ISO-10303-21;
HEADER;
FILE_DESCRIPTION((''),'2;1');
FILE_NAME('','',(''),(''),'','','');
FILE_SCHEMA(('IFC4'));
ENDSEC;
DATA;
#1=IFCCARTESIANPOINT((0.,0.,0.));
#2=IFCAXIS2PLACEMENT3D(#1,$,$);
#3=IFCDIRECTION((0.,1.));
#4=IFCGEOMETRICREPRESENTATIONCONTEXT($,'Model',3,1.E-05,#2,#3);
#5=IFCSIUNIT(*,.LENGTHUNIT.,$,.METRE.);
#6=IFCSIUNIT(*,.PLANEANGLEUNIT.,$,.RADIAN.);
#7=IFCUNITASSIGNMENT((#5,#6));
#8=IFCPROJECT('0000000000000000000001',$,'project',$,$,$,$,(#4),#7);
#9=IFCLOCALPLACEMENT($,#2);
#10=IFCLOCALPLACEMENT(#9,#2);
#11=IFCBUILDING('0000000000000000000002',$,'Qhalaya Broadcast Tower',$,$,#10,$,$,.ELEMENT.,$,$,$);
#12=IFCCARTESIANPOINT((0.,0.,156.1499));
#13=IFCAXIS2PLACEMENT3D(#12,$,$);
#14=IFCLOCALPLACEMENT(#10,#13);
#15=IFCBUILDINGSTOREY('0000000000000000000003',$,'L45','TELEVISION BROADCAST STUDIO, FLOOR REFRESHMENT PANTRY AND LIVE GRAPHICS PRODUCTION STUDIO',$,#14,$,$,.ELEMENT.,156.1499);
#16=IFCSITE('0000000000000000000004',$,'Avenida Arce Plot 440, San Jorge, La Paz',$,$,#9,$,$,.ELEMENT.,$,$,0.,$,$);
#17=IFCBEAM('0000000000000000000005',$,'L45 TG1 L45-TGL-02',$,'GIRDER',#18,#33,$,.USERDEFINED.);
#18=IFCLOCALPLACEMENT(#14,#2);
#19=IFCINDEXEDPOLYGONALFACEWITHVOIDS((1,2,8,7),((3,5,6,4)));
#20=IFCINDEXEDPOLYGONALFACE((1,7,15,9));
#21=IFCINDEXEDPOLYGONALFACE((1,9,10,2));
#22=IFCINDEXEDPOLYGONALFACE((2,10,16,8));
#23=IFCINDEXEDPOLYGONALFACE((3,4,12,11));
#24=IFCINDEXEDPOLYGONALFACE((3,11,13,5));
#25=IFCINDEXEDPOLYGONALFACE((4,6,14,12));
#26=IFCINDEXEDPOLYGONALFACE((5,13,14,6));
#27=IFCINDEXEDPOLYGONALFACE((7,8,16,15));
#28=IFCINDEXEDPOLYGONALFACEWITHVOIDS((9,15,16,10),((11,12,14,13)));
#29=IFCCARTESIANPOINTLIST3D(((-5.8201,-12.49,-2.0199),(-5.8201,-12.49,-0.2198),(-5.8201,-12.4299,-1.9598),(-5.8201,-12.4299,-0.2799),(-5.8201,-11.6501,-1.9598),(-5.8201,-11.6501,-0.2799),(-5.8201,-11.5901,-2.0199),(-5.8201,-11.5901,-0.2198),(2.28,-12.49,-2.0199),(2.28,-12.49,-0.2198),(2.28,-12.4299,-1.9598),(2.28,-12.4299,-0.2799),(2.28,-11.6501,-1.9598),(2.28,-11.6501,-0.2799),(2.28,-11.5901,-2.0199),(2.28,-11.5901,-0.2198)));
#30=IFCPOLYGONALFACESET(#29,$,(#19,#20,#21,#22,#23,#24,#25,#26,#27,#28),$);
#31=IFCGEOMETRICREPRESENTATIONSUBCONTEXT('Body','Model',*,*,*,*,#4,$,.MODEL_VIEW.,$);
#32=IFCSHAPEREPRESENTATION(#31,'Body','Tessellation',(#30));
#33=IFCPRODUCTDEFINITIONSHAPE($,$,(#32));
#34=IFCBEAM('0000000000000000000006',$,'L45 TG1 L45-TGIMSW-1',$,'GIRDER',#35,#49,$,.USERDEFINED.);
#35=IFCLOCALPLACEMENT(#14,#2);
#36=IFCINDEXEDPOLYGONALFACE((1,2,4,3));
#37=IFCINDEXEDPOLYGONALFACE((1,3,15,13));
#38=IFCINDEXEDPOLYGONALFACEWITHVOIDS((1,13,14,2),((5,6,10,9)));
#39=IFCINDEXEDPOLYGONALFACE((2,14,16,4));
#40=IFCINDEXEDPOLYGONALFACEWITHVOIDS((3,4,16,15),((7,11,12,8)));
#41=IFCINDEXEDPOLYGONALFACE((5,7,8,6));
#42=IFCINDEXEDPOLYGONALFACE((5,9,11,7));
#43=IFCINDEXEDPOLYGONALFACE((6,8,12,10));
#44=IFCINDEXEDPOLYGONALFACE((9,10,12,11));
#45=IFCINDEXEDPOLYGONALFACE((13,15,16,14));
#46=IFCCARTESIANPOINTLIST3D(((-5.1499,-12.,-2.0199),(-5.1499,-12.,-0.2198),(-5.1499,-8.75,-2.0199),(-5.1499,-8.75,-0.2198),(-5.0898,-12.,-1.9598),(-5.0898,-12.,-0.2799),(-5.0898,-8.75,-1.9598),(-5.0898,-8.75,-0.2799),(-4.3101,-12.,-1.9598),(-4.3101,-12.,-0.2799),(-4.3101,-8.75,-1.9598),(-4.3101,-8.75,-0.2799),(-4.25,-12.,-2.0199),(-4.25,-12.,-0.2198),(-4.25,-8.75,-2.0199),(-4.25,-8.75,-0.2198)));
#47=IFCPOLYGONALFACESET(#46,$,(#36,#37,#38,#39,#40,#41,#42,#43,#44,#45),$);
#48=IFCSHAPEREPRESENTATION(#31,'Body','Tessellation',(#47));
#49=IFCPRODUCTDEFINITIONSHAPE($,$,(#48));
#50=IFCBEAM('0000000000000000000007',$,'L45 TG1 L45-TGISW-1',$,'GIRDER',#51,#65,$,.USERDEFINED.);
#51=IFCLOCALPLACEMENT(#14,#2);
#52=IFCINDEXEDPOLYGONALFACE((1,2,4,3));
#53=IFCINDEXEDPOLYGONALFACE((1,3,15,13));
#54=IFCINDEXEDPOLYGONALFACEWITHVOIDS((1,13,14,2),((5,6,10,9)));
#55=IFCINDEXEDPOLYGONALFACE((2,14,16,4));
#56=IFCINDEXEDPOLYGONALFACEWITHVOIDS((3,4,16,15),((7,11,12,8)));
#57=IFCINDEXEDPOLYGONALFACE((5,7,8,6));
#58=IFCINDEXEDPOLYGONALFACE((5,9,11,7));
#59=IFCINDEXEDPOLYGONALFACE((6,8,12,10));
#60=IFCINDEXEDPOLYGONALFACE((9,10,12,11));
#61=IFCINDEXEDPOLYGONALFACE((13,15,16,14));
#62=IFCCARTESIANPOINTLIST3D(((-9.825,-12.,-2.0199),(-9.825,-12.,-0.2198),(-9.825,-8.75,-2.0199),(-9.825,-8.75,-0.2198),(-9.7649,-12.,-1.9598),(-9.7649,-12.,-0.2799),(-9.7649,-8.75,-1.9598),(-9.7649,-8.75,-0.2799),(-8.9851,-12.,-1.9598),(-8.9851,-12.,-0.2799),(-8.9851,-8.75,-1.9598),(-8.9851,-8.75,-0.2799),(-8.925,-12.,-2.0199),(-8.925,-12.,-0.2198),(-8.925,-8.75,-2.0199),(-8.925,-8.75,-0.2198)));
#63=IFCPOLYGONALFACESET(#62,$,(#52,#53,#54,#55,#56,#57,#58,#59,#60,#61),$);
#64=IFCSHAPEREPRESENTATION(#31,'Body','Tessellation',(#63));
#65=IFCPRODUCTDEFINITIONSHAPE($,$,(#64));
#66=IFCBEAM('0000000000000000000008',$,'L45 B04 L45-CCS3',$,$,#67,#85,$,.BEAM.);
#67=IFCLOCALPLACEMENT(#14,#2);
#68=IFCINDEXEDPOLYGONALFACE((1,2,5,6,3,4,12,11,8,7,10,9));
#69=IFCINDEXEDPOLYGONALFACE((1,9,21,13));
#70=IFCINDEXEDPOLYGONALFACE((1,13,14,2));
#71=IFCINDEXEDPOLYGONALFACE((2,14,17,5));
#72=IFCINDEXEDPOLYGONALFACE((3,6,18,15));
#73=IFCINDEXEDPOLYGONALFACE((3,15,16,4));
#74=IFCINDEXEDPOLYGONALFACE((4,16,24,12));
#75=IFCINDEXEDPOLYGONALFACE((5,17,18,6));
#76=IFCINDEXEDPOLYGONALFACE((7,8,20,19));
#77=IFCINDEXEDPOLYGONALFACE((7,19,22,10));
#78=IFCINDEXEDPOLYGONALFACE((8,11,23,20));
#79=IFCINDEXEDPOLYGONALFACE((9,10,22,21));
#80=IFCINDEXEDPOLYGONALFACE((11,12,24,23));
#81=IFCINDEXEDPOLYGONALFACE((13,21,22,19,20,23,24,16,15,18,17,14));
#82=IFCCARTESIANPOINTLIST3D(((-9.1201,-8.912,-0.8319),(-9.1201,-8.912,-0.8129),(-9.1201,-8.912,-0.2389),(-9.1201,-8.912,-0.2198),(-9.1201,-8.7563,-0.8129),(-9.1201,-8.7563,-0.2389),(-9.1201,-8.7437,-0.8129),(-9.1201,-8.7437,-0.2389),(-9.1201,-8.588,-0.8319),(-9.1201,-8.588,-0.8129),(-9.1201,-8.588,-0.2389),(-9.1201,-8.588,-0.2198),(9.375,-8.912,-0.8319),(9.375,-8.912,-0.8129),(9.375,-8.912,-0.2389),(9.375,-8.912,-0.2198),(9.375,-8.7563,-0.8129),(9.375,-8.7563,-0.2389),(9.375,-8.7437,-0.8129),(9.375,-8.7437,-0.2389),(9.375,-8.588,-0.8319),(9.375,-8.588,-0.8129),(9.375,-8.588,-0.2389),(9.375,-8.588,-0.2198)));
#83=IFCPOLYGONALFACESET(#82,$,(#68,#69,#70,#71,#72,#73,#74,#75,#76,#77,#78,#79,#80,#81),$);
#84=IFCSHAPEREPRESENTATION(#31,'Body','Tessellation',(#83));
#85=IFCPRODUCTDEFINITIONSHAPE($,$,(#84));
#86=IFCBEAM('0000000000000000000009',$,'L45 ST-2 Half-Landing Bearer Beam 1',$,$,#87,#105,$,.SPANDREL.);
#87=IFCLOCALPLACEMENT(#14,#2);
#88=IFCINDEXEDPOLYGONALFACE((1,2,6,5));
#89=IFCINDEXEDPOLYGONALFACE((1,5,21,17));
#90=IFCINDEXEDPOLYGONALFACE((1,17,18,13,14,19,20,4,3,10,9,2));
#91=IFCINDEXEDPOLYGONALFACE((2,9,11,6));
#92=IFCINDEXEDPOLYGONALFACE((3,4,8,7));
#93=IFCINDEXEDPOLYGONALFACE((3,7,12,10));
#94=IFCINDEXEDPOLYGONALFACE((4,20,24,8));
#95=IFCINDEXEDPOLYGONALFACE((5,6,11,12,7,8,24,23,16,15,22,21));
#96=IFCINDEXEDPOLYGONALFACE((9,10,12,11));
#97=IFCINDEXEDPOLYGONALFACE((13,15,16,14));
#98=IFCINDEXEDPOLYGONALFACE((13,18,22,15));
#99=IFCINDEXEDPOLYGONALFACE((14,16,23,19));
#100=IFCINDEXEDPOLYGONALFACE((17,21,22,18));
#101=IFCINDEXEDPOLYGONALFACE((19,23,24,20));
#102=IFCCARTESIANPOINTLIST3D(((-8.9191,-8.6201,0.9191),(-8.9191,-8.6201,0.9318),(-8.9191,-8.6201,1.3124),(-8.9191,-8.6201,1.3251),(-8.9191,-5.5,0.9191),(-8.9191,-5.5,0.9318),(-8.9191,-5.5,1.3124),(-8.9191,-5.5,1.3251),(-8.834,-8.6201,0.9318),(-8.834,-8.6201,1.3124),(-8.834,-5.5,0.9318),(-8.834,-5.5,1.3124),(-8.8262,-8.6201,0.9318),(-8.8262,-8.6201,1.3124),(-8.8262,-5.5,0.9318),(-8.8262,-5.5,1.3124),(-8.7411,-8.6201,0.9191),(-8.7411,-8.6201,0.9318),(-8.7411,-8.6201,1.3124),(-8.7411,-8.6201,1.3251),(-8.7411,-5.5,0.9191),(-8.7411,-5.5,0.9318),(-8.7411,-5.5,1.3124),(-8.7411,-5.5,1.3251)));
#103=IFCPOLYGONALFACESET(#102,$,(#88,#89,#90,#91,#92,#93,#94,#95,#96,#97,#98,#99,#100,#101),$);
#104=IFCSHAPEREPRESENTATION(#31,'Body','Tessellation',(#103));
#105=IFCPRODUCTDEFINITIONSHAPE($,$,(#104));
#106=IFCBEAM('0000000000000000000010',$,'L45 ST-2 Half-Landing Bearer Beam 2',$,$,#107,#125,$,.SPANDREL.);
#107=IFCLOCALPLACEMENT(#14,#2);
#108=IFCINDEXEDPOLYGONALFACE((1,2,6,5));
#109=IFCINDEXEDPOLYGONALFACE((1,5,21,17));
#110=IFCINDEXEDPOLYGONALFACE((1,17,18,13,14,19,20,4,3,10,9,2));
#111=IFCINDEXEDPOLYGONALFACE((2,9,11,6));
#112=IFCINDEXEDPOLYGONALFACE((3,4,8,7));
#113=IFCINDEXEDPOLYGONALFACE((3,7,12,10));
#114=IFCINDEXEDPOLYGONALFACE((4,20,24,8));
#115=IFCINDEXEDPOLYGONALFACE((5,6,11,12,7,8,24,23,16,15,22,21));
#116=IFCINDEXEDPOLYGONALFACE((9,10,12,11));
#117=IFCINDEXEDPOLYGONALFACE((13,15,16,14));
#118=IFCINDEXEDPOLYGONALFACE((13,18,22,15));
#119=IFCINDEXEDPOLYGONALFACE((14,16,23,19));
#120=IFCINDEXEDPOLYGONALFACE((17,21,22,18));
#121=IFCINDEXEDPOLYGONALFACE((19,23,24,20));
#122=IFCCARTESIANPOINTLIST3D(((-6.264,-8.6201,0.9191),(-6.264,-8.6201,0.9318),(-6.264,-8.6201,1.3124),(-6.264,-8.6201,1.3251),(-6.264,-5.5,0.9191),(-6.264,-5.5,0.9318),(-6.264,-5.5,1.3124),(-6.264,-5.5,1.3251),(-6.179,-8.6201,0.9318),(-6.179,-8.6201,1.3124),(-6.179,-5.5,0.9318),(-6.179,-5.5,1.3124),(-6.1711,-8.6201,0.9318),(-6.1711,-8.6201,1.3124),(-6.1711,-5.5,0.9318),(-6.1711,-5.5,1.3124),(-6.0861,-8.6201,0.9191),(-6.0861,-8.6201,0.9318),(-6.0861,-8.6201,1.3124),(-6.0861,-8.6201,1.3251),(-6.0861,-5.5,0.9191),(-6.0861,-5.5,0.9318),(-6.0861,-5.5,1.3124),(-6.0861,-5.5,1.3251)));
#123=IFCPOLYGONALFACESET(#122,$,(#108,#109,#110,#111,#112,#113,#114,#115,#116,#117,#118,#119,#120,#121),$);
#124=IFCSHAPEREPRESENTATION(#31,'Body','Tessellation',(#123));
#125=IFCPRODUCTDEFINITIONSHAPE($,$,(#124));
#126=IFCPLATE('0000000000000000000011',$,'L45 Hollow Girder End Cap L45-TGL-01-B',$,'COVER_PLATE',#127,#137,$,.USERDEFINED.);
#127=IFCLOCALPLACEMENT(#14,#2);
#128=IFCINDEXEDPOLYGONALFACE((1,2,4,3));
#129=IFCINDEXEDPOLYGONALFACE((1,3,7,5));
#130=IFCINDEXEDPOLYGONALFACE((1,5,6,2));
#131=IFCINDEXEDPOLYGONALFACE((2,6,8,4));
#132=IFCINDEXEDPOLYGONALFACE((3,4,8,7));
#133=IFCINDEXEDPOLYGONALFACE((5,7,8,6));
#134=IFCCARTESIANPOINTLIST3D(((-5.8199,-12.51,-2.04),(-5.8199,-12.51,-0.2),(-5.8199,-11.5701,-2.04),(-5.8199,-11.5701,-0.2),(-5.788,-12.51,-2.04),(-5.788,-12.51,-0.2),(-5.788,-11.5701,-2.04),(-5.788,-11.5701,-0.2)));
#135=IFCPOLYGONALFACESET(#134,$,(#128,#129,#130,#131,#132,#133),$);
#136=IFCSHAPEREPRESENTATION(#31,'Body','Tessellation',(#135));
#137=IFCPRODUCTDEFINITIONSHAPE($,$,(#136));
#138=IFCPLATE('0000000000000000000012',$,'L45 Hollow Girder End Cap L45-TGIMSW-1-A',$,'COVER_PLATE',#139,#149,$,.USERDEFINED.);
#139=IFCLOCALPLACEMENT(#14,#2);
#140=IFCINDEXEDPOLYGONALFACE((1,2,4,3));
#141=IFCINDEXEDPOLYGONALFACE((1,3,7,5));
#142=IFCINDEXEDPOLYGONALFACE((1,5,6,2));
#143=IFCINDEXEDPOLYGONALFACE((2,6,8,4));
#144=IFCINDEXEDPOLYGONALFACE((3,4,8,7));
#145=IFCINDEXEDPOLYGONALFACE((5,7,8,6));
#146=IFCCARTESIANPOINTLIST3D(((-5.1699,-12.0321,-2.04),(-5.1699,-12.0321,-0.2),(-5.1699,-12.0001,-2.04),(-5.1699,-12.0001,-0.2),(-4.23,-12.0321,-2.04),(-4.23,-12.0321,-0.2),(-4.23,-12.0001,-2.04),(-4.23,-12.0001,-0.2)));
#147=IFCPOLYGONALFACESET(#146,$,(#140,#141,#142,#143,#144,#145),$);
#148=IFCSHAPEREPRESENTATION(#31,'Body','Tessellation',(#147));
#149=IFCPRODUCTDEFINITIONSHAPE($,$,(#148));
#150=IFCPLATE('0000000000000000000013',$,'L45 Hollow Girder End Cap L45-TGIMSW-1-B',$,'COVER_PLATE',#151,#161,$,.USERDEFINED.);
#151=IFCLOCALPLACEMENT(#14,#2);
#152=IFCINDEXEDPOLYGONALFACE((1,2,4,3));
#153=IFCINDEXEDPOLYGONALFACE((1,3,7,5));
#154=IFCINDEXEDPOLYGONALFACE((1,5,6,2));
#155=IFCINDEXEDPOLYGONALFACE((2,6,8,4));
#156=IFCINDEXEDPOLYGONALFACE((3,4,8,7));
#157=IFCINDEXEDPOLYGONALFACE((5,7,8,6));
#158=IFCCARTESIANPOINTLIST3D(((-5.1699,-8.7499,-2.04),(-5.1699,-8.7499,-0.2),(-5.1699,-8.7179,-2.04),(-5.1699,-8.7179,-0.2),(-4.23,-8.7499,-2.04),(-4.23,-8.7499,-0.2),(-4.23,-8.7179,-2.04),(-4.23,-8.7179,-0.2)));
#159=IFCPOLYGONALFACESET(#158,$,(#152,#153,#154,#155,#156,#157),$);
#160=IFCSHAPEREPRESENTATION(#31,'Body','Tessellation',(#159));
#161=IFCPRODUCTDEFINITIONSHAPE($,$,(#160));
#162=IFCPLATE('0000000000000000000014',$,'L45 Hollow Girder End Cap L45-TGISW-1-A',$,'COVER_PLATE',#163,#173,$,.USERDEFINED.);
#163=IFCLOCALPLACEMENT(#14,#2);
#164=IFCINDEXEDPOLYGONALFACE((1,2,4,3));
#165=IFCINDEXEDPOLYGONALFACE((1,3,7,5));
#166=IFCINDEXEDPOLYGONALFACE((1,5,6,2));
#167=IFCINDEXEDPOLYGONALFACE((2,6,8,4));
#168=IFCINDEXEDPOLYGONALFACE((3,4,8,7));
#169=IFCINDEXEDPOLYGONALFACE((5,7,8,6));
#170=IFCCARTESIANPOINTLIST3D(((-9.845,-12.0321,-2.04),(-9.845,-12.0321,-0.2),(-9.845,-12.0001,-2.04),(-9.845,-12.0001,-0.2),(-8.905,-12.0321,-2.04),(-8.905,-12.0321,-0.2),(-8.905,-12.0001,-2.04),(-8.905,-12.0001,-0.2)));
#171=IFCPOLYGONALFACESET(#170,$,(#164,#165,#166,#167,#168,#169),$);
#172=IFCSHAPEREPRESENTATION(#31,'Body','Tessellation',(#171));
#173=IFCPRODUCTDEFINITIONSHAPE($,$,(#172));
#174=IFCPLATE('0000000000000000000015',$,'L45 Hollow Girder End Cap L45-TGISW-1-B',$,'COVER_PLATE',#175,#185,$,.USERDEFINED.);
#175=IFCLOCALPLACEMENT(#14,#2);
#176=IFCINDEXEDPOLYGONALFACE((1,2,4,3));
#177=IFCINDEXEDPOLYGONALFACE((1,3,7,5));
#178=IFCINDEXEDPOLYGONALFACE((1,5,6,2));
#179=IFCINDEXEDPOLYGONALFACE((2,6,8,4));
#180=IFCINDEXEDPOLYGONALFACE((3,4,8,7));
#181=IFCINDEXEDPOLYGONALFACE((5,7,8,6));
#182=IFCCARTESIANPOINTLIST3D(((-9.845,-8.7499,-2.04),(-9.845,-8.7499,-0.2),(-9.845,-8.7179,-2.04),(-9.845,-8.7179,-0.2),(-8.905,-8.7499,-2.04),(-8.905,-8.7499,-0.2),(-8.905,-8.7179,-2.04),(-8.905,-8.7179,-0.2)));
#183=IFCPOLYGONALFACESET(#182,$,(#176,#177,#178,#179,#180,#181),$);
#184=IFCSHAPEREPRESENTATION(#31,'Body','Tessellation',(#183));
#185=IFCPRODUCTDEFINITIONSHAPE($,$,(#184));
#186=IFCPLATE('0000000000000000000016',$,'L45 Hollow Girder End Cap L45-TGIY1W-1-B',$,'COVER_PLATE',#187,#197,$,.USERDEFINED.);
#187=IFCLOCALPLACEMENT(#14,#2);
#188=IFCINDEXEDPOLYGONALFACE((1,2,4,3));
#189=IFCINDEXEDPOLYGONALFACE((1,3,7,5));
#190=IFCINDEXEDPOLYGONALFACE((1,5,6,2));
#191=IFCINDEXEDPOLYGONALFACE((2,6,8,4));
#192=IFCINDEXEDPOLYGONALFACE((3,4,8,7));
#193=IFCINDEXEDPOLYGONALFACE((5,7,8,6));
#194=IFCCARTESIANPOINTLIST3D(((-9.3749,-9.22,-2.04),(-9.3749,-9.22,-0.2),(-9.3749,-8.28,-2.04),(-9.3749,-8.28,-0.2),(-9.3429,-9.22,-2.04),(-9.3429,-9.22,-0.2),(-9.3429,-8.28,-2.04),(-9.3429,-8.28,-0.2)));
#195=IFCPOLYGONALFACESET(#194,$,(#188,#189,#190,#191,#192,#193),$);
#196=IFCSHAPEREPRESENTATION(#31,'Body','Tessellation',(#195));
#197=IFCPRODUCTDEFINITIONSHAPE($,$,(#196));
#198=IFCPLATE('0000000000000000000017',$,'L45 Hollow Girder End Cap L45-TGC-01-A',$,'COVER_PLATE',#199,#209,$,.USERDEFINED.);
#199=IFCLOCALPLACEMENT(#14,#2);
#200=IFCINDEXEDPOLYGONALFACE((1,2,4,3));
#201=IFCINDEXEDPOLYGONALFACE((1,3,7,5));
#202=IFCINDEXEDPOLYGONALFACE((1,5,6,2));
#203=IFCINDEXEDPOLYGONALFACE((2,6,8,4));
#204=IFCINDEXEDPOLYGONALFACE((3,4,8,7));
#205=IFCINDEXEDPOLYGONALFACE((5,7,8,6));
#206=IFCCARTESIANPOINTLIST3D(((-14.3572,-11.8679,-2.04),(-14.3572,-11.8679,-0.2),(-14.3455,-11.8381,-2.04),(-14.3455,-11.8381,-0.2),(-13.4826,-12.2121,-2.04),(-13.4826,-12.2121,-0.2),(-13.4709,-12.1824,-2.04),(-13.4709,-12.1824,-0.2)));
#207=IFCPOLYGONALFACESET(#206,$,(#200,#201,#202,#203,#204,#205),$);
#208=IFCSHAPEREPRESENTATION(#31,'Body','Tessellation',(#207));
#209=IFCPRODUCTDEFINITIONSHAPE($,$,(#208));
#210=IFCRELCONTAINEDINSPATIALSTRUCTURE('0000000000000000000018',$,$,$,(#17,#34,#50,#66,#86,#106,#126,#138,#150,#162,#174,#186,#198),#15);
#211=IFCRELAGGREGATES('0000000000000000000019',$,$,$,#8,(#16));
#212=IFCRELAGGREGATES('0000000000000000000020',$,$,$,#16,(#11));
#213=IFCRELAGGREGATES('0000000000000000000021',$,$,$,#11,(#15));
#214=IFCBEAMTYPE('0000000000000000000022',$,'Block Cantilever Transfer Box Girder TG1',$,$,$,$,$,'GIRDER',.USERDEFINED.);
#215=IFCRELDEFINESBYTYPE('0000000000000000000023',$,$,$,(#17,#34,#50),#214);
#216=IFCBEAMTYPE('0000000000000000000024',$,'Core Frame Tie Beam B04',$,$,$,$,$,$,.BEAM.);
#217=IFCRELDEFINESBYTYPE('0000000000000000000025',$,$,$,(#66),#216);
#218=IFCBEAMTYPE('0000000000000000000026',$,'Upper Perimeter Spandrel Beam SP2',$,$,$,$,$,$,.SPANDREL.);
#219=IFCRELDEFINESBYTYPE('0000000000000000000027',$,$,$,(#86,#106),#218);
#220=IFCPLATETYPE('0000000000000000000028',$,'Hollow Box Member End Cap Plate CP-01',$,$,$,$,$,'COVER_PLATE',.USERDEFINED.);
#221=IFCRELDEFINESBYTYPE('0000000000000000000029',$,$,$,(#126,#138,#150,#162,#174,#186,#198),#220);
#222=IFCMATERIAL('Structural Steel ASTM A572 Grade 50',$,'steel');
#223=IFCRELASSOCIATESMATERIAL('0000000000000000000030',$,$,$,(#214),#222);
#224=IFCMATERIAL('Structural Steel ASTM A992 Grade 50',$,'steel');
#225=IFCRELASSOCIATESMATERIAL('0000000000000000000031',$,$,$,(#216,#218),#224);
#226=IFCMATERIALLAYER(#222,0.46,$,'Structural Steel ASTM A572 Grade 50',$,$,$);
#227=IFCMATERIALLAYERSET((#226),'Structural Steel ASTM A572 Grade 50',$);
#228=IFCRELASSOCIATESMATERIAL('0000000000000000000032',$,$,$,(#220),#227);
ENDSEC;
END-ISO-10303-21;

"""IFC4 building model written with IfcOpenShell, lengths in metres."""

from ifc_helpers import new_model, si_unit, direction, frame, origin, origin_2d, place, context, subcontext, project, spatial, rectangle, hollow_rectangle, i_section, extrude, material, layer, layer_set, material_profile, profile_set, type_object, element, save


model = new_model("IFC4")

# Units and contexts
model_context = context("Model", 3, precision=1e-05, world=origin(), true_north=direction((0.0, 1.0)))
body_context = subcontext(model_context, "Body", "Model", "MODEL_VIEW")
ifc_project = project(units=[si_unit("LENGTHUNIT", "METRE"), si_unit("PLANEANGLEUNIT", "RADIAN")], contexts=[model_context])

# Site, building, storey
site_placement = place(None, origin())
site = spatial("IfcSite", under=ifc_project, at=site_placement, Name="Avenida Arce Plot 440, San Jorge, La Paz", CompositionType="ELEMENT", RefElevation=0.0)
building_placement = place(site_placement, origin())
building = spatial("IfcBuilding", under=site, at=building_placement, Name="Qhalaya Broadcast Tower", CompositionType="ELEMENT")
storey_placement = place(building_placement, frame((0.0, 0.0, 156.1499)))
storey = spatial("IfcBuildingStorey", under=building, at=storey_placement, Name="L45", Description="TELEVISION BROADCAST STUDIO, FLOOR REFRESHMENT PANTRY AND LIVE GRAPHICS PRODUCTION STUDIO", CompositionType="ELEMENT", Elevation=156.1499)

# Beams
ifc_material_1 = material(Name="Structural Steel ASTM A572 Grade 50", Category="steel")
ifc_material_profile_1 = material_profile(ifc_material_1, hollow_rectangle(XDim=0.8999, YDim=1.8, WallThickness=0.0601, at=origin_2d()), Name="BOX 900x1800x60")
ifc_profile_set_1 = profile_set([ifc_material_profile_1], Name="Structural Steel ASTM A572 Grade 50")
beam_type_1 = type_object("IfcBeamType", Name="Block Cantilever Transfer Box Girder TG1", ElementType="GIRDER", PredefinedType="USERDEFINED", material=ifc_profile_set_1)
beam_1_placement = place(storey_placement, frame((-5.8201, -12.04, -1.1199), z_axis=(1.0, 0.0, 0.0), x_axis=(0.0, 1.0, 0.0)))
element("IfcBeam", 1, at=beam_1_placement, inside=storey, type_object=beam_type_1, Name="L45 TG1 L45-TGL-02", ObjectType="GIRDER", PredefinedType="USERDEFINED", context=body_context, shape_type="SweptSolid", body=[
    extrude(hollow_rectangle(XDim=0.8999, YDim=1.8, WallThickness=0.0601, at=origin_2d()), origin(), (0.0, 0.0, 1.0), 8.1001),
])
for number, where, z_axis, x_axis, name in (
    (2, (-4.7, -12.0, -1.1199), (0.0, 1.0, 0.0), (-1.0, 0.0, 0.0), "L45 TG1 L45-TGIMSW-1"),
    (3, (-9.375, -12.0, -1.1199), (0.0, 1.0, 0.0), (-1.0, 0.0, 0.0), "L45 TG1 L45-TGISW-1"),
):
    element("IfcBeam", number, at=place(storey_placement, frame(where, z_axis=z_axis, x_axis=x_axis)), inside=storey, type_object=beam_type_1, Name=name, ObjectType="GIRDER", PredefinedType="USERDEFINED", context=body_context, shape_type="SweptSolid", body=[
        extrude(hollow_rectangle(XDim=0.8999, YDim=1.8, WallThickness=0.0601, at=origin_2d()), origin(), (0.0, 0.0, 1.0), 3.25),
    ])
ifc_material_2 = material(Name="Structural Steel ASTM A992 Grade 50", Category="steel")
ifc_material_profile_2 = material_profile(ifc_material_2, i_section(OverallWidth=0.324, OverallDepth=0.6121, WebThickness=0.0127, FlangeThickness=0.019, at=origin_2d()), Name="W24X104")
ifc_profile_set_2 = profile_set([ifc_material_profile_2], Name="Structural Steel ASTM A992 Grade 50")
beam_type_2 = type_object("IfcBeamType", Name="Core Frame Tie Beam B04", PredefinedType="BEAM", material=ifc_profile_set_2)
beam_2_placement = place(storey_placement, frame((-9.1201, -8.75, -0.5259), z_axis=(1.0, 0.0, 0.0), x_axis=(0.0, 1.0, 0.0)))
element("IfcBeam", 4, at=beam_2_placement, inside=storey, type_object=beam_type_2, Name="L45 B04 L45-CCS3", PredefinedType="BEAM", context=body_context, shape_type="SweptSolid", body=[
    extrude(i_section(OverallWidth=0.324, OverallDepth=0.6121, WebThickness=0.0127, FlangeThickness=0.019, at=origin_2d()), origin(), (0.0, 0.0, 1.0), 18.4951),
])
ifc_material_profile_3 = material_profile(ifc_material_2, i_section(OverallWidth=0.178, OverallDepth=0.406, WebThickness=0.0078, FlangeThickness=0.0127, at=origin_2d()), Name="W16X40")
ifc_profile_set_3 = profile_set([ifc_material_profile_3], Name="Structural Steel ASTM A992 Grade 50")
beam_type_3 = type_object("IfcBeamType", Name="Upper Perimeter Spandrel Beam SP2", PredefinedType="SPANDREL", material=ifc_profile_set_3)
for number, where, z_axis, x_axis, name in (
    (5, (-8.8301, -8.6201, 1.1221), (0.0, 1.0, 0.0), (-1.0, 0.0, 0.0), "L45 ST-2 Half-Landing Bearer Beam 1"),
    (6, (-6.175, -8.6201, 1.1221), (0.0, 1.0, 0.0), (-1.0, 0.0, 0.0), "L45 ST-2 Half-Landing Bearer Beam 2"),
):
    element("IfcBeam", number, at=place(storey_placement, frame(where, z_axis=z_axis, x_axis=x_axis)), inside=storey, type_object=beam_type_3, Name=name, PredefinedType="SPANDREL", context=body_context, shape_type="SweptSolid", body=[
        extrude(i_section(OverallWidth=0.178, OverallDepth=0.406, WebThickness=0.0078, FlangeThickness=0.0127, at=origin_2d()), origin(), (0.0, 0.0, 1.0), 3.1201),
    ])

# Plates
ifc_layer_1 = layer(ifc_material_1, 0.46, Name="Structural Steel ASTM A572 Grade 50")
ifc_layer_set_1 = layer_set([ifc_layer_1], Name="Structural Steel ASTM A572 Grade 50")
plate_type = type_object("IfcPlateType", Name="Hollow Box Member End Cap Plate CP-01", ElementType="COVER_PLATE", PredefinedType="USERDEFINED", material=ifc_layer_set_1)
for number, where, z_axis, x_axis, name in (
    (7, (-5.804, -12.04, -2.04), (0.0, 0.0, 1.0), (0.0, 1.0, 0.0), "L45 Hollow Girder End Cap L45-TGL-01-B"),
    (8, (-4.7, -12.0161, -2.04), (0.0, 0.0, 1.0), (-1.0, 0.0, 0.0), "L45 Hollow Girder End Cap L45-TGIMSW-1-A"),
    (9, (-4.7, -8.7339, -2.04), (0.0, 0.0, 1.0), (-1.0, 0.0, 0.0), "L45 Hollow Girder End Cap L45-TGIMSW-1-B"),
    (10, (-9.375, -12.0161, -2.04), (0.0, 0.0, 1.0), (-1.0, 0.0, 0.0), "L45 Hollow Girder End Cap L45-TGISW-1-A"),
    (11, (-9.375, -8.7339, -2.04), (0.0, 0.0, 1.0), (-1.0, 0.0, 0.0), "L45 Hollow Girder End Cap L45-TGISW-1-B"),
    (12, (-9.3589, -8.75, -2.04), (0.0, 0.0, 1.0), (0.0, 1.0, 0.0), "L45 Hollow Girder End Cap L45-TGIY1W-1-B"),
    (13, (-13.9141, -12.0251, -2.04), (0.0, 0.0, 1.0), (0.93052, -0.366241, 0.0), "L45 Hollow Girder End Cap L45-TGC-01-A"),
):
    element("IfcPlate", number, at=place(storey_placement, frame(where, z_axis=z_axis, x_axis=x_axis)), inside=storey, type_object=plate_type, Name=name, ObjectType="COVER_PLATE", PredefinedType="USERDEFINED", context=body_context, shape_type="SweptSolid", body=[
        extrude(rectangle(XDim=0.9399, YDim=0.032, at=origin_2d()), origin(), (0.0, 0.0, 1.0), 1.8401),
    ])

save(model, "model.ifc")
